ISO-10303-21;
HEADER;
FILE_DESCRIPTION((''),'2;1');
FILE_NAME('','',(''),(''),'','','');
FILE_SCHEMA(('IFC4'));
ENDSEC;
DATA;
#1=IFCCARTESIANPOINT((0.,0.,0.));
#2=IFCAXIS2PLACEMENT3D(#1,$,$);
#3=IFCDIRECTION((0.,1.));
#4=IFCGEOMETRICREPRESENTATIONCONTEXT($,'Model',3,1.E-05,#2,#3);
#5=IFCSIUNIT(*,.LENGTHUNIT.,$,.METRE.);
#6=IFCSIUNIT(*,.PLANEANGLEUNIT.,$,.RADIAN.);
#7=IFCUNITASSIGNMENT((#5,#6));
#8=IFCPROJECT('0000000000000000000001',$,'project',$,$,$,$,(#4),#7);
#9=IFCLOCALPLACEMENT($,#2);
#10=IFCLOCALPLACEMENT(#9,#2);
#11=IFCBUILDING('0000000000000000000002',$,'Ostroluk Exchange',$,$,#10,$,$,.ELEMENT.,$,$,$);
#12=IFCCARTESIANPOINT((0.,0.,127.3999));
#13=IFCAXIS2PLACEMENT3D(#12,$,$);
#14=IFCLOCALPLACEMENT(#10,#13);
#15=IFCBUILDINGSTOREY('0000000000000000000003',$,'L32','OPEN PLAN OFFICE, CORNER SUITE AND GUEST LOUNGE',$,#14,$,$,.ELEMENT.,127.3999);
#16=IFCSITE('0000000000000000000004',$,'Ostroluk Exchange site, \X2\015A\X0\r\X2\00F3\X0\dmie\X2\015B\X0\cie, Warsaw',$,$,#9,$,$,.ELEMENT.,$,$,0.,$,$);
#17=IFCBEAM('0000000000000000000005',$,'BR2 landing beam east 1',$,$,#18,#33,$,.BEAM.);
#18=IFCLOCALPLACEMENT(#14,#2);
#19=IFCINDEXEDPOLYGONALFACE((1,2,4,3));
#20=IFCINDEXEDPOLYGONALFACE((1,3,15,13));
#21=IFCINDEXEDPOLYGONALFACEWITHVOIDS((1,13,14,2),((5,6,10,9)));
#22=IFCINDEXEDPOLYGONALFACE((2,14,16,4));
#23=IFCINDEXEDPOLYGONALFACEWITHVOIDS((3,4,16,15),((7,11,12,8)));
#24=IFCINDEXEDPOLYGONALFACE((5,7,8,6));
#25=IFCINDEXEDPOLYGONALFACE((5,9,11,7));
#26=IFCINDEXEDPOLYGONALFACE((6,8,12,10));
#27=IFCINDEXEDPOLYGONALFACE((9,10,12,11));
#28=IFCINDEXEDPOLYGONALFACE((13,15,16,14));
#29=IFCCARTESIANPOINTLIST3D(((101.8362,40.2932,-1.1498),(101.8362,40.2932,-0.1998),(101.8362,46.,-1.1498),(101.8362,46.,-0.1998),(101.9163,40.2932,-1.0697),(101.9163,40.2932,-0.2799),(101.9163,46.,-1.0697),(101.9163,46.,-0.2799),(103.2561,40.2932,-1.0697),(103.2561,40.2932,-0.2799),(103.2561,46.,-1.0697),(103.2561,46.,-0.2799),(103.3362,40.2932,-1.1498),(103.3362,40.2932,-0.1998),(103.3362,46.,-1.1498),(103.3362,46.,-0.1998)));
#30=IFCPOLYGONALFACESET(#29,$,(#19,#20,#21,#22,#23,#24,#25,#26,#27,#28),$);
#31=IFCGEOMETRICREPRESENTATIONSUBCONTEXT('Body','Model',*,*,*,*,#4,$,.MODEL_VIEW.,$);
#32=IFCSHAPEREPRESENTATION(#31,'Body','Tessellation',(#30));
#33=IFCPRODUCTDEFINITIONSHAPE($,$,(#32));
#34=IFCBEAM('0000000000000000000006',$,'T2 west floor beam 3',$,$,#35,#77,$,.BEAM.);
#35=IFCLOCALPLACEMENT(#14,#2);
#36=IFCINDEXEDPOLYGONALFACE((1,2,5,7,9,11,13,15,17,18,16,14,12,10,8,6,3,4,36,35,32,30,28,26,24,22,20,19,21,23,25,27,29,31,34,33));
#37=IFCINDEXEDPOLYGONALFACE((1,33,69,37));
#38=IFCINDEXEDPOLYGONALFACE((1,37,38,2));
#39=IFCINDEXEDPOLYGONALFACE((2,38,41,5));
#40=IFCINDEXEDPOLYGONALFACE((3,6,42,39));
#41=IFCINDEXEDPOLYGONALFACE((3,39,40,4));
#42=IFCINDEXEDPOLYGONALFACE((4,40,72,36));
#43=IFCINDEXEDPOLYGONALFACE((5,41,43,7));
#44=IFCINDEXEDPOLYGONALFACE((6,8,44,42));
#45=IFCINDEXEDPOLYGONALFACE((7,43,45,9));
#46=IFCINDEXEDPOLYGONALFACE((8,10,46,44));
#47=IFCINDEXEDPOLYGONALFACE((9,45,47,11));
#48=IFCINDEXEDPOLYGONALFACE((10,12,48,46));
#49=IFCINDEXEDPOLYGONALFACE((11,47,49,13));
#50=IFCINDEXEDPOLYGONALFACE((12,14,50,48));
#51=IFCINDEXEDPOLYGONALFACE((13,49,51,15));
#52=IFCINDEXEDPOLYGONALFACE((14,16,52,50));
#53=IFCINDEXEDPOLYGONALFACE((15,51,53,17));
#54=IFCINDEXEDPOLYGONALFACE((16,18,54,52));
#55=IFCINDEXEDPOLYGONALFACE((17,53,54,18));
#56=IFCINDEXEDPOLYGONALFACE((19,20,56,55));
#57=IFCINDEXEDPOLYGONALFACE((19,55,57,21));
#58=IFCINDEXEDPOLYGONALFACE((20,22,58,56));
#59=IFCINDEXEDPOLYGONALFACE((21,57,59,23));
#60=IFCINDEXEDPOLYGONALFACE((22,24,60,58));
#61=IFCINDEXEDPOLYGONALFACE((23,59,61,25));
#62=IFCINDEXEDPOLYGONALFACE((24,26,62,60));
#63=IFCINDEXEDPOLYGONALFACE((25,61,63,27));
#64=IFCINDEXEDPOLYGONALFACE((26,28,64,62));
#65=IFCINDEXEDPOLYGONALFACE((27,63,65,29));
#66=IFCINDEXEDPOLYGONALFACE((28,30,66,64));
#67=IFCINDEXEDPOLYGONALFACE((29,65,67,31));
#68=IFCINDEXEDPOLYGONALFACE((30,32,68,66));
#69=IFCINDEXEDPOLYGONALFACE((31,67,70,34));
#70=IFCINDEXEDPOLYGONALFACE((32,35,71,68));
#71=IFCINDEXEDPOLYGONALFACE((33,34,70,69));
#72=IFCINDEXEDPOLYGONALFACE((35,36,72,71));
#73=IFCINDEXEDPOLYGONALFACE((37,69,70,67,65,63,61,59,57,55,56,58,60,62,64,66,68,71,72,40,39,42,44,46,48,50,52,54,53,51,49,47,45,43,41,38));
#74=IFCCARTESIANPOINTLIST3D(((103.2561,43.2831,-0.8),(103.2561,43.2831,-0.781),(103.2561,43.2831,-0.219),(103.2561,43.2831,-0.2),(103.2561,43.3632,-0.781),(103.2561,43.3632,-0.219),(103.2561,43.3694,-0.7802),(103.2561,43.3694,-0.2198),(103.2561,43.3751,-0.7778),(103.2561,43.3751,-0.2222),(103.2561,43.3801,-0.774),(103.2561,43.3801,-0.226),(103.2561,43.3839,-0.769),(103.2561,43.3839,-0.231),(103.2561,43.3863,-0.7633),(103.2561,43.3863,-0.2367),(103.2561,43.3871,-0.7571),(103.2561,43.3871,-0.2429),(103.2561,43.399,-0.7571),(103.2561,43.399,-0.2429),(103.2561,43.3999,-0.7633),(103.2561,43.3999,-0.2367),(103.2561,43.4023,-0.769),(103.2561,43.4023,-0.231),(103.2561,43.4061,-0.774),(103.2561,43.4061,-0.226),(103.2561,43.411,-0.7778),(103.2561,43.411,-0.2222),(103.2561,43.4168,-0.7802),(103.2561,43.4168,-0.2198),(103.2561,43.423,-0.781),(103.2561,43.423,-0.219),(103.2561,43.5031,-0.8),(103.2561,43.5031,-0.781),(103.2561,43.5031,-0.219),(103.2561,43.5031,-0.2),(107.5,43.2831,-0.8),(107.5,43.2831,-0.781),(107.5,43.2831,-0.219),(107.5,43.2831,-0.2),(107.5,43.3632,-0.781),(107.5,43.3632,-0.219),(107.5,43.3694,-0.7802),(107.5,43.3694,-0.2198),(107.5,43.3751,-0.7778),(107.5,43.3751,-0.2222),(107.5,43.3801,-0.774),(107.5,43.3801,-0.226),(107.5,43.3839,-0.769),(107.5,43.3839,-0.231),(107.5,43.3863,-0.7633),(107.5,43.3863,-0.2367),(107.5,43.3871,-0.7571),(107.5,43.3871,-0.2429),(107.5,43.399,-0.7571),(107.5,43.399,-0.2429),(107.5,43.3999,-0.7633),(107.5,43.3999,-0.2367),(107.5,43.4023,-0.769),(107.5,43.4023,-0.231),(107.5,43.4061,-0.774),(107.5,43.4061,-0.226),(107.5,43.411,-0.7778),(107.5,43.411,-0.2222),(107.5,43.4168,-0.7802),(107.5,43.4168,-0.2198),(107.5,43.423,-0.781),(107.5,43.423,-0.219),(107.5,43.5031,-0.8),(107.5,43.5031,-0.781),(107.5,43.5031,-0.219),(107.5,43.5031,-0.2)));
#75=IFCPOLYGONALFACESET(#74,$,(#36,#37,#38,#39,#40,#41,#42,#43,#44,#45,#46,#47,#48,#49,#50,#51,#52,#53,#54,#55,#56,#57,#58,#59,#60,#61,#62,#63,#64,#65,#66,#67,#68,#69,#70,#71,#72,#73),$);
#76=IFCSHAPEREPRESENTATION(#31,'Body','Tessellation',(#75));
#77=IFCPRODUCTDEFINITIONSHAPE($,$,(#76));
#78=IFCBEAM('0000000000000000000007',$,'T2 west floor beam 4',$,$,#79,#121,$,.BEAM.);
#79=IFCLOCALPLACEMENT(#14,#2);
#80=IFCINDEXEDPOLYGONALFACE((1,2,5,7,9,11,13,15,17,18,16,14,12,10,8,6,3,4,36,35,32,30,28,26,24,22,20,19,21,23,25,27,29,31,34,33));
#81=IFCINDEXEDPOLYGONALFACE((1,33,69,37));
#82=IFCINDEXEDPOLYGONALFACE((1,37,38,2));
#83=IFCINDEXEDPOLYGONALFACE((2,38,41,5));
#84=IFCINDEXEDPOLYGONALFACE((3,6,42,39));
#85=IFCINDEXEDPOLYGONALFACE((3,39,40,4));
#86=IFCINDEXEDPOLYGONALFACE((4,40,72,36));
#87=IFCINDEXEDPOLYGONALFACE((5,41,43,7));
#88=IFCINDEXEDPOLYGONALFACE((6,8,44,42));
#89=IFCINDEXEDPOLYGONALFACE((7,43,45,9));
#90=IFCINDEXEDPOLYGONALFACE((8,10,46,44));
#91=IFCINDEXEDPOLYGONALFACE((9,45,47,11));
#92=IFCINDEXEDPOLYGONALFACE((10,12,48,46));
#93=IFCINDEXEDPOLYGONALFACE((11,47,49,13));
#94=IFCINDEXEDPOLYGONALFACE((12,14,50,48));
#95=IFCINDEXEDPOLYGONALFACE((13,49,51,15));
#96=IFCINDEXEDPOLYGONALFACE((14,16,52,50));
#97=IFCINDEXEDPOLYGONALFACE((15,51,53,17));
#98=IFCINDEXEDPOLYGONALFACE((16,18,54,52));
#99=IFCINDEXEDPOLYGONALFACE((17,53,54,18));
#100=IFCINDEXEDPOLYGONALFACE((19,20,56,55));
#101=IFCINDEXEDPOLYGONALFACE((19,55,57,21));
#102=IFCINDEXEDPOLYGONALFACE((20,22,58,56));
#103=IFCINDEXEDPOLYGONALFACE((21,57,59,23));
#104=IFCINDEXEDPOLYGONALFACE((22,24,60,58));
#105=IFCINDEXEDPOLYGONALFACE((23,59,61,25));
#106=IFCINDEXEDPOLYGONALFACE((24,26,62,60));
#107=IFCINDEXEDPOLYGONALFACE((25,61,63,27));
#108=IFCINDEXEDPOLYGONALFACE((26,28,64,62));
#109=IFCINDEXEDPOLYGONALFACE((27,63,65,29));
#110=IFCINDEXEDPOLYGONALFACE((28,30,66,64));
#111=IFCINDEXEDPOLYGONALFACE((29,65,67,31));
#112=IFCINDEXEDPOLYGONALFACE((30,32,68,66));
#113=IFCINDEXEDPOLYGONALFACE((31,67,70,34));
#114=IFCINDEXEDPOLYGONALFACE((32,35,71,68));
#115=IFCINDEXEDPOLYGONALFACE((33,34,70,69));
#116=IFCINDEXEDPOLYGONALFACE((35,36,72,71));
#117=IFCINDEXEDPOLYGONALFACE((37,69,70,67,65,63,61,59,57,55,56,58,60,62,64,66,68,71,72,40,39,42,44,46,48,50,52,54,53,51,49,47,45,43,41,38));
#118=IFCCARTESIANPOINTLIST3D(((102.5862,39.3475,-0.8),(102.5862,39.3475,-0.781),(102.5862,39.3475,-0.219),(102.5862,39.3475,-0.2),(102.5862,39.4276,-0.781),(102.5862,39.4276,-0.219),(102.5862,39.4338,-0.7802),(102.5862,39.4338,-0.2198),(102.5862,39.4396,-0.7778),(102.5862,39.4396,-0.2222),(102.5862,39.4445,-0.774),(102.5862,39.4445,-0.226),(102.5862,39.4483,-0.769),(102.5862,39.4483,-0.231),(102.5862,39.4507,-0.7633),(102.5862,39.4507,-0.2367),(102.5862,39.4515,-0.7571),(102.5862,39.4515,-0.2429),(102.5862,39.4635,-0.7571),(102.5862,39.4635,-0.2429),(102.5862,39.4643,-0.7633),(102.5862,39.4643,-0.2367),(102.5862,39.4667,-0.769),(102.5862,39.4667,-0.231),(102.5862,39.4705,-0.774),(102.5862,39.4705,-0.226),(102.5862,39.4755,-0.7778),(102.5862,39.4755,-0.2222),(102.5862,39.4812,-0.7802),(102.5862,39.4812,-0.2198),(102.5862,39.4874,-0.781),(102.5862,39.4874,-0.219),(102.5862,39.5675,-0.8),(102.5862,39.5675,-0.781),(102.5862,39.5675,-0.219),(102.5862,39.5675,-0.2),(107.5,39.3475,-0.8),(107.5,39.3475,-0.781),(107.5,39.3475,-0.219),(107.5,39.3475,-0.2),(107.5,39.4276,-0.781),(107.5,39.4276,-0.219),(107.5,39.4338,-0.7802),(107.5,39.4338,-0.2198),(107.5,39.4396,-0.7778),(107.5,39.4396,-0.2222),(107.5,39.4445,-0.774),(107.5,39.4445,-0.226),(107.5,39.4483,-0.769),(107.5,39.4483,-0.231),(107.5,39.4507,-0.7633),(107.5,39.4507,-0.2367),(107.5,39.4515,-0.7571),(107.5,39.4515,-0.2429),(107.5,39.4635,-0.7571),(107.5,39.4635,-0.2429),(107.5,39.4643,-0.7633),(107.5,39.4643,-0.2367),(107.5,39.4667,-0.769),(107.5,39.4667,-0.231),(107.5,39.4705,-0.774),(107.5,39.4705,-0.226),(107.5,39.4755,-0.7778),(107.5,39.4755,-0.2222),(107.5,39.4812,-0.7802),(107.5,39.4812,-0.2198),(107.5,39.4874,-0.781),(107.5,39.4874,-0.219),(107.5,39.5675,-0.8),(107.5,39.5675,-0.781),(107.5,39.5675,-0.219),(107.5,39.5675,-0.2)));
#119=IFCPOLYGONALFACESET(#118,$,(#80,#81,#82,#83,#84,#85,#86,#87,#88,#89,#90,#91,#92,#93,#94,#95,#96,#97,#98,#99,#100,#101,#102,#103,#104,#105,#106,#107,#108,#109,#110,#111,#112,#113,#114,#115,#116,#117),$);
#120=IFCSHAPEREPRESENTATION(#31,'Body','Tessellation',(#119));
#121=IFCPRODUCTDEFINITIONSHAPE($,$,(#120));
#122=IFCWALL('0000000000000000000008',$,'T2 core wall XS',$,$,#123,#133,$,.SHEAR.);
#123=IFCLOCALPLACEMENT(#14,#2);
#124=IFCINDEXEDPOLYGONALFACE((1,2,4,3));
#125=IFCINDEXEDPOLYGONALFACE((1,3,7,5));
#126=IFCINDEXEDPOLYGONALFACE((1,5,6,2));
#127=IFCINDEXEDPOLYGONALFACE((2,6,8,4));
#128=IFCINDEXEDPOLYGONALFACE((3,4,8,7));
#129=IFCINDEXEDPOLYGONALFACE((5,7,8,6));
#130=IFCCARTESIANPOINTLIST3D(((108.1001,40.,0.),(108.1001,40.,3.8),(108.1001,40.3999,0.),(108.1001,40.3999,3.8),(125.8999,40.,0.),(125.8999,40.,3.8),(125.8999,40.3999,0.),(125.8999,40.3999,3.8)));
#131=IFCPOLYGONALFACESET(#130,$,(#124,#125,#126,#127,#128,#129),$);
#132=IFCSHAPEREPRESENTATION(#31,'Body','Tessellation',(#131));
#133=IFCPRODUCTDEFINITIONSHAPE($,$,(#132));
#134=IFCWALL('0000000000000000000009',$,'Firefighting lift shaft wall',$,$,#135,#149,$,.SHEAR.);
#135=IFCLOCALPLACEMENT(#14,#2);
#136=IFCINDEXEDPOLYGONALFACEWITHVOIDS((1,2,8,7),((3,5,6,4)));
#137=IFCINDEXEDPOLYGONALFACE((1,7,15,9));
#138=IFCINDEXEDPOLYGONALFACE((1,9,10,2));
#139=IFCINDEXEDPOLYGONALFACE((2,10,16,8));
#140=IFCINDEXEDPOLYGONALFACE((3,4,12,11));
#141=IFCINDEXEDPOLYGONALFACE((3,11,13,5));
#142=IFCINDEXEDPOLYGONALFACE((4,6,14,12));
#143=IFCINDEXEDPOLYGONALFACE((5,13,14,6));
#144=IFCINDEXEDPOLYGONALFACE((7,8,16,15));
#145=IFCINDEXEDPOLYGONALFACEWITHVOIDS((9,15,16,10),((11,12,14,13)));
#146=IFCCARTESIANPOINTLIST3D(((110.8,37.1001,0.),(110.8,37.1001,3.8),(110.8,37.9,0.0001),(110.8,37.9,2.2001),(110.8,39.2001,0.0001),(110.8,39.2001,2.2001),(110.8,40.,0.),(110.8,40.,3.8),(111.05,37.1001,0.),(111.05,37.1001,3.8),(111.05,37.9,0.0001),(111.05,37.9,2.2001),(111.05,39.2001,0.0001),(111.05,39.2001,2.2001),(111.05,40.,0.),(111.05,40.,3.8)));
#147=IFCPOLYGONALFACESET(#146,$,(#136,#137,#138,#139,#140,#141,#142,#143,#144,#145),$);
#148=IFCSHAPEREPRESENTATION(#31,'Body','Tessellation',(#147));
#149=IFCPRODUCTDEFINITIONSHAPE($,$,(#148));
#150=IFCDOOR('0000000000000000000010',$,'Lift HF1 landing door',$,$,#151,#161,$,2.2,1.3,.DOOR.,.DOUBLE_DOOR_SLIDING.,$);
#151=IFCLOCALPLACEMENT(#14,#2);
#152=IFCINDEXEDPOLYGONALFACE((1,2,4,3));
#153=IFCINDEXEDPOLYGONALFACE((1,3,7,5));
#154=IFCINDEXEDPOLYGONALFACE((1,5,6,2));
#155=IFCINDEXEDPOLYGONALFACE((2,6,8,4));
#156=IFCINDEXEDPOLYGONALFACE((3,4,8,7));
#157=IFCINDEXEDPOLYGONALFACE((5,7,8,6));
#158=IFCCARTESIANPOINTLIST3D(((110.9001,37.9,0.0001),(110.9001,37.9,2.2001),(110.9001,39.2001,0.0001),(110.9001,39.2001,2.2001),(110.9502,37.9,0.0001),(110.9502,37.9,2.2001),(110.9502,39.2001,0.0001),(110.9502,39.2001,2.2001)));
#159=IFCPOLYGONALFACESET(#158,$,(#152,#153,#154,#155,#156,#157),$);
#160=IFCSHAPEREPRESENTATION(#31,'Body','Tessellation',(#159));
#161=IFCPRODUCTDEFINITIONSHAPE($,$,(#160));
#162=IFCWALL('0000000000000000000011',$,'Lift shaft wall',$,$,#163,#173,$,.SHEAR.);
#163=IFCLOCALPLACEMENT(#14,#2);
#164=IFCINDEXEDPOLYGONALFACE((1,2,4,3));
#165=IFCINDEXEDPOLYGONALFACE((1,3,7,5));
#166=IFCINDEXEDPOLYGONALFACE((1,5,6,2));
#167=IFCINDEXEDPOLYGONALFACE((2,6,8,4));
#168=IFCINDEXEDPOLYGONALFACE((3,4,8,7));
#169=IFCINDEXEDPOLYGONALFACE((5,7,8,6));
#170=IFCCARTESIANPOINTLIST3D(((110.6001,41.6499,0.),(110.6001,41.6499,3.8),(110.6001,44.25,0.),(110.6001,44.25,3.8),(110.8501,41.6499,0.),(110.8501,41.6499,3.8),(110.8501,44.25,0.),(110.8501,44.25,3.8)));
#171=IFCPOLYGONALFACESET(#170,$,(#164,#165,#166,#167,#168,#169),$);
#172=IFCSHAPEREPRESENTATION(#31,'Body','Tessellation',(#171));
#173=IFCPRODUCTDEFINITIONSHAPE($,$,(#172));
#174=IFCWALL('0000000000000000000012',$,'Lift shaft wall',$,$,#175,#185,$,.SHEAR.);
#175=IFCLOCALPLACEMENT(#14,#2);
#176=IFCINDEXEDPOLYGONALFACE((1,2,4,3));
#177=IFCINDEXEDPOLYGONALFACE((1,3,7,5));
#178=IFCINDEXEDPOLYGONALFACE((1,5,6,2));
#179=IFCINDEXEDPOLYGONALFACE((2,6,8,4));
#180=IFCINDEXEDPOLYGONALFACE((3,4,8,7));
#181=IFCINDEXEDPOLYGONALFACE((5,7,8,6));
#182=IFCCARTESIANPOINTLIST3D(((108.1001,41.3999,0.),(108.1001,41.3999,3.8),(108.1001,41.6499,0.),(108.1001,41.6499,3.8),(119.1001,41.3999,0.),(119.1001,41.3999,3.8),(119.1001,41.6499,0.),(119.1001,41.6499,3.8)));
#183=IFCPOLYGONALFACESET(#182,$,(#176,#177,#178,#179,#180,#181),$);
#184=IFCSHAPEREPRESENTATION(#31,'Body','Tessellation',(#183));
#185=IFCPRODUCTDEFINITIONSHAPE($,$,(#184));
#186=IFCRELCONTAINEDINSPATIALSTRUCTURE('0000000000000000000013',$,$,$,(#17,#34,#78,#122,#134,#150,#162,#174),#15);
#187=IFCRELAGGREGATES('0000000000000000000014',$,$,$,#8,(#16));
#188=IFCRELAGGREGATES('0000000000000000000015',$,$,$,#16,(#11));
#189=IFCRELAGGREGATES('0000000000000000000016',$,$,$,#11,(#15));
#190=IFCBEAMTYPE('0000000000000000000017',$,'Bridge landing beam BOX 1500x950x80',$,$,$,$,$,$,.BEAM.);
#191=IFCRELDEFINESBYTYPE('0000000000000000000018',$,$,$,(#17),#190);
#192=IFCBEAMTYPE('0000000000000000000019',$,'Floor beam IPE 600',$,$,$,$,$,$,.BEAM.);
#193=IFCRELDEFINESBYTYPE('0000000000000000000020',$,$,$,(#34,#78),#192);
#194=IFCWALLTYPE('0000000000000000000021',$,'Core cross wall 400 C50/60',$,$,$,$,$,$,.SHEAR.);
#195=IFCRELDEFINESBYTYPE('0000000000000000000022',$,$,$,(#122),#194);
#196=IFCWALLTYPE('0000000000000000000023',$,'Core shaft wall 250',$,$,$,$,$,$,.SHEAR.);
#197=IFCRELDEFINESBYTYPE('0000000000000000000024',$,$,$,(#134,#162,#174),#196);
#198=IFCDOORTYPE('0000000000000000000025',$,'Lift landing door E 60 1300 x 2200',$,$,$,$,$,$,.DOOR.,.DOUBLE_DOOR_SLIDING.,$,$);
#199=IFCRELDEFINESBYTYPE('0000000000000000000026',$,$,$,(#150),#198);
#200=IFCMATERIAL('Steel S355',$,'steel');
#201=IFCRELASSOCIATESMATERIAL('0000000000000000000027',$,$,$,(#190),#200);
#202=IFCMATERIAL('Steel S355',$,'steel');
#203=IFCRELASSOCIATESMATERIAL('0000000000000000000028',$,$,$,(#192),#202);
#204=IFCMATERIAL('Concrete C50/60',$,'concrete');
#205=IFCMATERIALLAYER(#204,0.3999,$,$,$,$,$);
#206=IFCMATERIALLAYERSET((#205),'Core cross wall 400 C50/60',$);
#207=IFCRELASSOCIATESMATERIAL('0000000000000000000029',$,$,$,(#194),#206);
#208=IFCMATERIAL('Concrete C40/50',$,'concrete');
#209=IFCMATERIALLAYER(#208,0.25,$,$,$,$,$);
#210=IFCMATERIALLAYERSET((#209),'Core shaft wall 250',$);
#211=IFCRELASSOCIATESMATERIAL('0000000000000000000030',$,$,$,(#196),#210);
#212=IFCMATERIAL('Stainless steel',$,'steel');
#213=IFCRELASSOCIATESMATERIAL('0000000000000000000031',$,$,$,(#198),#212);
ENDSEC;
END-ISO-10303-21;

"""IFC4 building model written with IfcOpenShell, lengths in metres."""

from ifc_helpers import new_model, si_unit, direction, frame, frame_2d, origin, origin_2d, place, context, subcontext, project, spatial, rectangle, hollow_rectangle, i_section, extrude, material, layer, layer_set, material_profile, profile_set, type_object, element, fill, save


model = new_model("IFC4")

# Units and contexts
model_context = context("Model", 3, precision=1e-05, world=origin(), true_north=direction((0.0, 1.0)))
body_context = subcontext(model_context, "Body", "Model", "MODEL_VIEW")
ifc_project = project(units=[si_unit("LENGTHUNIT", "METRE"), si_unit("PLANEANGLEUNIT", "RADIAN")], contexts=[model_context])

# Site, building, storey
site_placement = place(None, origin())
site = spatial("IfcSite", under=ifc_project, at=site_placement, Name="Ostroluk Exchange site, Śródmieście, Warsaw", CompositionType="ELEMENT", RefElevation=0.0)
building_placement = place(site_placement, origin())
building = spatial("IfcBuilding", under=site, at=building_placement, Name="Ostroluk Exchange", CompositionType="ELEMENT")
storey_placement = place(building_placement, frame((0.0, 0.0, 127.3999)))
storey = spatial("IfcBuildingStorey", under=building, at=storey_placement, Name="L32", Description="OPEN PLAN OFFICE, CORNER SUITE AND GUEST LOUNGE", CompositionType="ELEMENT", Elevation=127.3999)

# Beams
ifc_material_1 = material(Name="Steel S355", Category="steel")
ifc_material_profile_1 = material_profile(ifc_material_1, hollow_rectangle(XDim=1.5, YDim=0.95, WallThickness=0.0801, at=origin_2d()), Name="BOX 1500x950x80")
ifc_profile_set_1 = profile_set([ifc_material_profile_1], Name="Steel S355")
beam_type_1 = type_object("IfcBeamType", Name="Bridge landing beam BOX 1500x950x80", PredefinedType="BEAM", material=ifc_profile_set_1)
beam_1_placement = place(storey_placement, frame((102.5862, 40.2932, -0.6748), z_axis=(0.0, 1.0, 0.0), x_axis=(-1.0, 0.0, 0.0)))
element("IfcBeam", 1, at=beam_1_placement, inside=storey, type_object=beam_type_1, Name="BR2 landing beam east 1", PredefinedType="BEAM", context=body_context, shape_type="SweptSolid", body=[
    extrude(hollow_rectangle(XDim=1.5, YDim=0.95, WallThickness=0.0801, at=origin_2d()), origin(), (0.0, 0.0, 1.0), 5.7068),
])
ifc_material_2 = material(Name="Steel S355", Category="steel")
ifc_material_profile_2 = material_profile(ifc_material_2, i_section(OverallWidth=0.22, OverallDepth=0.6001, WebThickness=0.012, FlangeThickness=0.019, FilletRadius=0.0239, at=origin_2d()), Name="IPE 600")
ifc_profile_set_2 = profile_set([ifc_material_profile_2], Name="Steel S355")
beam_type_2 = type_object("IfcBeamType", Name="Floor beam IPE 600", PredefinedType="BEAM", material=ifc_profile_set_2)
beam_2_placement = place(storey_placement, frame((107.5, 43.3931, -0.5), z_axis=(-1.0, 0.0, 0.0), x_axis=(0.0, -1.0, 0.0)))
element("IfcBeam", 2, at=beam_2_placement, inside=storey, type_object=beam_type_2, Name="T2 west floor beam 3", PredefinedType="BEAM", context=body_context, shape_type="SweptSolid", body=[
    extrude(i_section(OverallWidth=0.22, OverallDepth=0.6001, WebThickness=0.012, FlangeThickness=0.019, FilletRadius=0.0239, at=origin_2d()), origin(), (0.0, 0.0, 1.0), 4.2439),
])
beam_3_placement = place(storey_placement, frame((107.5, 39.4575, -0.5), z_axis=(-1.0, 0.0, 0.0), x_axis=(0.0, -1.0, 0.0)))
element("IfcBeam", 3, at=beam_3_placement, inside=storey, type_object=beam_type_2, Name="T2 west floor beam 4", PredefinedType="BEAM", context=body_context, shape_type="SweptSolid", body=[
    extrude(i_section(OverallWidth=0.22, OverallDepth=0.6001, WebThickness=0.012, FlangeThickness=0.019, FilletRadius=0.0239, at=origin_2d()), origin(), (0.0, 0.0, 1.0), 4.9138),
])

# Wall
ifc_material_3 = material(Name="Concrete C50/60", Category="concrete")
ifc_layer_1 = layer(ifc_material_3, 0.3999)
ifc_layer_set_1 = layer_set([ifc_layer_1], Name="Core cross wall 400 C50/60")
wall_type_1 = type_object("IfcWallType", Name="Core cross wall 400 C50/60", PredefinedType="SHEAR", material=ifc_layer_set_1)
wall_1_placement = place(storey_placement, frame((108.1001, 40.2, 0.0), z_axis=(0.0, 0.0, 1.0), x_axis=(1.0, 0.0, 0.0)))
element("IfcWall", 4, at=wall_1_placement, inside=storey, type_object=wall_type_1, Name="T2 core wall XS", PredefinedType="SHEAR", context=body_context, shape_type="SweptSolid", body=[
    extrude(rectangle(XDim=17.7998, YDim=0.3999, at=frame_2d((8.8999, 0.0))), origin(), (0.0, 0.0, 1.0), 3.8),
])

# Wall, opening, door
ifc_material_4 = material(Name="Concrete C40/50", Category="concrete")
ifc_layer_2 = layer(ifc_material_4, 0.25)
ifc_layer_set_2 = layer_set([ifc_layer_2], Name="Core shaft wall 250")
wall_type_2 = type_object("IfcWallType", Name="Core shaft wall 250", PredefinedType="SHEAR", material=ifc_layer_set_2)
wall_2_placement = place(storey_placement, frame((110.925, 37.1001, 0.0), z_axis=(0.0, 0.0, 1.0), x_axis=(0.0, 1.0, 0.0)))
wall_2 = element("IfcWall", 5, at=wall_2_placement, inside=storey, type_object=wall_type_2, Name="Firefighting lift shaft wall", PredefinedType="SHEAR", context=body_context, shape_type="SweptSolid", body=[
    extrude(rectangle(XDim=2.8999, YDim=0.25, at=frame_2d((1.45, 0.0))), origin(), (0.0, 0.0, 1.0), 3.8),
])
opening_1_placement = place(wall_2_placement, frame((0.8, 0.0, 0.0)))
opening_1 = element("IfcOpeningElement", 6, at=opening_1_placement, cuts=wall_2, PredefinedType="OPENING", context=body_context, shape_type="SweptSolid", body=[
    extrude(rectangle(XDim=1.3, YDim=2.2, at=frame_2d((0.6499, 1.1001))), frame((0.0, 0.135, 0.0), z_axis=(0.0, -1.0, 0.0), x_axis=(1.0, 0.0, 0.0)), (0.0, 0.0, 1.0), 0.27),
])
ifc_material_5 = material(Name="Stainless steel", Category="steel")
door_type_1 = type_object("IfcDoorType", Name="Lift landing door E 60 1300 x 2200", OperationType="DOUBLE_DOOR_SLIDING", PredefinedType="DOOR", material=ifc_material_5)
door_1_placement = place(opening_1_placement, origin())
door_1 = element("IfcDoor", 7, at=door_1_placement, inside=storey, type_object=door_type_1, Name="Lift HF1 landing door", OperationType="DOUBLE_DOOR_SLIDING", OverallHeight=2.2, OverallWidth=1.3, PredefinedType="DOOR", context=body_context, shape_type="SweptSolid", body=[
    extrude(rectangle(XDim=1.3, YDim=2.2, at=frame_2d((0.6499, 1.1001))), frame((0.0, 0.0249, 0.0), z_axis=(0.0, -1.0, 0.0), x_axis=(1.0, 0.0, 0.0)), (0.0, 0.0, 1.0), 0.05),
])
fill(opening_1, door_1)

# Walls
wall_3_placement = place(storey_placement, frame((110.7251, 44.25, 0.0), z_axis=(0.0, 0.0, 1.0), x_axis=(0.0, -1.0, 0.0)))
element("IfcWall", 8, at=wall_3_placement, inside=storey, type_object=wall_type_2, Name="Lift shaft wall", PredefinedType="SHEAR", context=body_context, shape_type="SweptSolid", body=[
    extrude(rectangle(XDim=2.6001, YDim=0.25, at=frame_2d((1.3, 0.0))), origin(), (0.0, 0.0, 1.0), 3.8),
])
wall_4_placement = place(storey_placement, frame((108.1001, 41.5249, 0.0), z_axis=(0.0, 0.0, 1.0), x_axis=(1.0, 0.0, 0.0)))
element("IfcWall", 9, at=wall_4_placement, inside=storey, type_object=wall_type_2, Name="Lift shaft wall", PredefinedType="SHEAR", context=body_context, shape_type="SweptSolid", body=[
    extrude(rectangle(XDim=11.0, YDim=0.25, at=frame_2d((5.5, 0.0))), origin(), (0.0, 0.0, 1.0), 3.8),
])

save(model, "model.ifc")
